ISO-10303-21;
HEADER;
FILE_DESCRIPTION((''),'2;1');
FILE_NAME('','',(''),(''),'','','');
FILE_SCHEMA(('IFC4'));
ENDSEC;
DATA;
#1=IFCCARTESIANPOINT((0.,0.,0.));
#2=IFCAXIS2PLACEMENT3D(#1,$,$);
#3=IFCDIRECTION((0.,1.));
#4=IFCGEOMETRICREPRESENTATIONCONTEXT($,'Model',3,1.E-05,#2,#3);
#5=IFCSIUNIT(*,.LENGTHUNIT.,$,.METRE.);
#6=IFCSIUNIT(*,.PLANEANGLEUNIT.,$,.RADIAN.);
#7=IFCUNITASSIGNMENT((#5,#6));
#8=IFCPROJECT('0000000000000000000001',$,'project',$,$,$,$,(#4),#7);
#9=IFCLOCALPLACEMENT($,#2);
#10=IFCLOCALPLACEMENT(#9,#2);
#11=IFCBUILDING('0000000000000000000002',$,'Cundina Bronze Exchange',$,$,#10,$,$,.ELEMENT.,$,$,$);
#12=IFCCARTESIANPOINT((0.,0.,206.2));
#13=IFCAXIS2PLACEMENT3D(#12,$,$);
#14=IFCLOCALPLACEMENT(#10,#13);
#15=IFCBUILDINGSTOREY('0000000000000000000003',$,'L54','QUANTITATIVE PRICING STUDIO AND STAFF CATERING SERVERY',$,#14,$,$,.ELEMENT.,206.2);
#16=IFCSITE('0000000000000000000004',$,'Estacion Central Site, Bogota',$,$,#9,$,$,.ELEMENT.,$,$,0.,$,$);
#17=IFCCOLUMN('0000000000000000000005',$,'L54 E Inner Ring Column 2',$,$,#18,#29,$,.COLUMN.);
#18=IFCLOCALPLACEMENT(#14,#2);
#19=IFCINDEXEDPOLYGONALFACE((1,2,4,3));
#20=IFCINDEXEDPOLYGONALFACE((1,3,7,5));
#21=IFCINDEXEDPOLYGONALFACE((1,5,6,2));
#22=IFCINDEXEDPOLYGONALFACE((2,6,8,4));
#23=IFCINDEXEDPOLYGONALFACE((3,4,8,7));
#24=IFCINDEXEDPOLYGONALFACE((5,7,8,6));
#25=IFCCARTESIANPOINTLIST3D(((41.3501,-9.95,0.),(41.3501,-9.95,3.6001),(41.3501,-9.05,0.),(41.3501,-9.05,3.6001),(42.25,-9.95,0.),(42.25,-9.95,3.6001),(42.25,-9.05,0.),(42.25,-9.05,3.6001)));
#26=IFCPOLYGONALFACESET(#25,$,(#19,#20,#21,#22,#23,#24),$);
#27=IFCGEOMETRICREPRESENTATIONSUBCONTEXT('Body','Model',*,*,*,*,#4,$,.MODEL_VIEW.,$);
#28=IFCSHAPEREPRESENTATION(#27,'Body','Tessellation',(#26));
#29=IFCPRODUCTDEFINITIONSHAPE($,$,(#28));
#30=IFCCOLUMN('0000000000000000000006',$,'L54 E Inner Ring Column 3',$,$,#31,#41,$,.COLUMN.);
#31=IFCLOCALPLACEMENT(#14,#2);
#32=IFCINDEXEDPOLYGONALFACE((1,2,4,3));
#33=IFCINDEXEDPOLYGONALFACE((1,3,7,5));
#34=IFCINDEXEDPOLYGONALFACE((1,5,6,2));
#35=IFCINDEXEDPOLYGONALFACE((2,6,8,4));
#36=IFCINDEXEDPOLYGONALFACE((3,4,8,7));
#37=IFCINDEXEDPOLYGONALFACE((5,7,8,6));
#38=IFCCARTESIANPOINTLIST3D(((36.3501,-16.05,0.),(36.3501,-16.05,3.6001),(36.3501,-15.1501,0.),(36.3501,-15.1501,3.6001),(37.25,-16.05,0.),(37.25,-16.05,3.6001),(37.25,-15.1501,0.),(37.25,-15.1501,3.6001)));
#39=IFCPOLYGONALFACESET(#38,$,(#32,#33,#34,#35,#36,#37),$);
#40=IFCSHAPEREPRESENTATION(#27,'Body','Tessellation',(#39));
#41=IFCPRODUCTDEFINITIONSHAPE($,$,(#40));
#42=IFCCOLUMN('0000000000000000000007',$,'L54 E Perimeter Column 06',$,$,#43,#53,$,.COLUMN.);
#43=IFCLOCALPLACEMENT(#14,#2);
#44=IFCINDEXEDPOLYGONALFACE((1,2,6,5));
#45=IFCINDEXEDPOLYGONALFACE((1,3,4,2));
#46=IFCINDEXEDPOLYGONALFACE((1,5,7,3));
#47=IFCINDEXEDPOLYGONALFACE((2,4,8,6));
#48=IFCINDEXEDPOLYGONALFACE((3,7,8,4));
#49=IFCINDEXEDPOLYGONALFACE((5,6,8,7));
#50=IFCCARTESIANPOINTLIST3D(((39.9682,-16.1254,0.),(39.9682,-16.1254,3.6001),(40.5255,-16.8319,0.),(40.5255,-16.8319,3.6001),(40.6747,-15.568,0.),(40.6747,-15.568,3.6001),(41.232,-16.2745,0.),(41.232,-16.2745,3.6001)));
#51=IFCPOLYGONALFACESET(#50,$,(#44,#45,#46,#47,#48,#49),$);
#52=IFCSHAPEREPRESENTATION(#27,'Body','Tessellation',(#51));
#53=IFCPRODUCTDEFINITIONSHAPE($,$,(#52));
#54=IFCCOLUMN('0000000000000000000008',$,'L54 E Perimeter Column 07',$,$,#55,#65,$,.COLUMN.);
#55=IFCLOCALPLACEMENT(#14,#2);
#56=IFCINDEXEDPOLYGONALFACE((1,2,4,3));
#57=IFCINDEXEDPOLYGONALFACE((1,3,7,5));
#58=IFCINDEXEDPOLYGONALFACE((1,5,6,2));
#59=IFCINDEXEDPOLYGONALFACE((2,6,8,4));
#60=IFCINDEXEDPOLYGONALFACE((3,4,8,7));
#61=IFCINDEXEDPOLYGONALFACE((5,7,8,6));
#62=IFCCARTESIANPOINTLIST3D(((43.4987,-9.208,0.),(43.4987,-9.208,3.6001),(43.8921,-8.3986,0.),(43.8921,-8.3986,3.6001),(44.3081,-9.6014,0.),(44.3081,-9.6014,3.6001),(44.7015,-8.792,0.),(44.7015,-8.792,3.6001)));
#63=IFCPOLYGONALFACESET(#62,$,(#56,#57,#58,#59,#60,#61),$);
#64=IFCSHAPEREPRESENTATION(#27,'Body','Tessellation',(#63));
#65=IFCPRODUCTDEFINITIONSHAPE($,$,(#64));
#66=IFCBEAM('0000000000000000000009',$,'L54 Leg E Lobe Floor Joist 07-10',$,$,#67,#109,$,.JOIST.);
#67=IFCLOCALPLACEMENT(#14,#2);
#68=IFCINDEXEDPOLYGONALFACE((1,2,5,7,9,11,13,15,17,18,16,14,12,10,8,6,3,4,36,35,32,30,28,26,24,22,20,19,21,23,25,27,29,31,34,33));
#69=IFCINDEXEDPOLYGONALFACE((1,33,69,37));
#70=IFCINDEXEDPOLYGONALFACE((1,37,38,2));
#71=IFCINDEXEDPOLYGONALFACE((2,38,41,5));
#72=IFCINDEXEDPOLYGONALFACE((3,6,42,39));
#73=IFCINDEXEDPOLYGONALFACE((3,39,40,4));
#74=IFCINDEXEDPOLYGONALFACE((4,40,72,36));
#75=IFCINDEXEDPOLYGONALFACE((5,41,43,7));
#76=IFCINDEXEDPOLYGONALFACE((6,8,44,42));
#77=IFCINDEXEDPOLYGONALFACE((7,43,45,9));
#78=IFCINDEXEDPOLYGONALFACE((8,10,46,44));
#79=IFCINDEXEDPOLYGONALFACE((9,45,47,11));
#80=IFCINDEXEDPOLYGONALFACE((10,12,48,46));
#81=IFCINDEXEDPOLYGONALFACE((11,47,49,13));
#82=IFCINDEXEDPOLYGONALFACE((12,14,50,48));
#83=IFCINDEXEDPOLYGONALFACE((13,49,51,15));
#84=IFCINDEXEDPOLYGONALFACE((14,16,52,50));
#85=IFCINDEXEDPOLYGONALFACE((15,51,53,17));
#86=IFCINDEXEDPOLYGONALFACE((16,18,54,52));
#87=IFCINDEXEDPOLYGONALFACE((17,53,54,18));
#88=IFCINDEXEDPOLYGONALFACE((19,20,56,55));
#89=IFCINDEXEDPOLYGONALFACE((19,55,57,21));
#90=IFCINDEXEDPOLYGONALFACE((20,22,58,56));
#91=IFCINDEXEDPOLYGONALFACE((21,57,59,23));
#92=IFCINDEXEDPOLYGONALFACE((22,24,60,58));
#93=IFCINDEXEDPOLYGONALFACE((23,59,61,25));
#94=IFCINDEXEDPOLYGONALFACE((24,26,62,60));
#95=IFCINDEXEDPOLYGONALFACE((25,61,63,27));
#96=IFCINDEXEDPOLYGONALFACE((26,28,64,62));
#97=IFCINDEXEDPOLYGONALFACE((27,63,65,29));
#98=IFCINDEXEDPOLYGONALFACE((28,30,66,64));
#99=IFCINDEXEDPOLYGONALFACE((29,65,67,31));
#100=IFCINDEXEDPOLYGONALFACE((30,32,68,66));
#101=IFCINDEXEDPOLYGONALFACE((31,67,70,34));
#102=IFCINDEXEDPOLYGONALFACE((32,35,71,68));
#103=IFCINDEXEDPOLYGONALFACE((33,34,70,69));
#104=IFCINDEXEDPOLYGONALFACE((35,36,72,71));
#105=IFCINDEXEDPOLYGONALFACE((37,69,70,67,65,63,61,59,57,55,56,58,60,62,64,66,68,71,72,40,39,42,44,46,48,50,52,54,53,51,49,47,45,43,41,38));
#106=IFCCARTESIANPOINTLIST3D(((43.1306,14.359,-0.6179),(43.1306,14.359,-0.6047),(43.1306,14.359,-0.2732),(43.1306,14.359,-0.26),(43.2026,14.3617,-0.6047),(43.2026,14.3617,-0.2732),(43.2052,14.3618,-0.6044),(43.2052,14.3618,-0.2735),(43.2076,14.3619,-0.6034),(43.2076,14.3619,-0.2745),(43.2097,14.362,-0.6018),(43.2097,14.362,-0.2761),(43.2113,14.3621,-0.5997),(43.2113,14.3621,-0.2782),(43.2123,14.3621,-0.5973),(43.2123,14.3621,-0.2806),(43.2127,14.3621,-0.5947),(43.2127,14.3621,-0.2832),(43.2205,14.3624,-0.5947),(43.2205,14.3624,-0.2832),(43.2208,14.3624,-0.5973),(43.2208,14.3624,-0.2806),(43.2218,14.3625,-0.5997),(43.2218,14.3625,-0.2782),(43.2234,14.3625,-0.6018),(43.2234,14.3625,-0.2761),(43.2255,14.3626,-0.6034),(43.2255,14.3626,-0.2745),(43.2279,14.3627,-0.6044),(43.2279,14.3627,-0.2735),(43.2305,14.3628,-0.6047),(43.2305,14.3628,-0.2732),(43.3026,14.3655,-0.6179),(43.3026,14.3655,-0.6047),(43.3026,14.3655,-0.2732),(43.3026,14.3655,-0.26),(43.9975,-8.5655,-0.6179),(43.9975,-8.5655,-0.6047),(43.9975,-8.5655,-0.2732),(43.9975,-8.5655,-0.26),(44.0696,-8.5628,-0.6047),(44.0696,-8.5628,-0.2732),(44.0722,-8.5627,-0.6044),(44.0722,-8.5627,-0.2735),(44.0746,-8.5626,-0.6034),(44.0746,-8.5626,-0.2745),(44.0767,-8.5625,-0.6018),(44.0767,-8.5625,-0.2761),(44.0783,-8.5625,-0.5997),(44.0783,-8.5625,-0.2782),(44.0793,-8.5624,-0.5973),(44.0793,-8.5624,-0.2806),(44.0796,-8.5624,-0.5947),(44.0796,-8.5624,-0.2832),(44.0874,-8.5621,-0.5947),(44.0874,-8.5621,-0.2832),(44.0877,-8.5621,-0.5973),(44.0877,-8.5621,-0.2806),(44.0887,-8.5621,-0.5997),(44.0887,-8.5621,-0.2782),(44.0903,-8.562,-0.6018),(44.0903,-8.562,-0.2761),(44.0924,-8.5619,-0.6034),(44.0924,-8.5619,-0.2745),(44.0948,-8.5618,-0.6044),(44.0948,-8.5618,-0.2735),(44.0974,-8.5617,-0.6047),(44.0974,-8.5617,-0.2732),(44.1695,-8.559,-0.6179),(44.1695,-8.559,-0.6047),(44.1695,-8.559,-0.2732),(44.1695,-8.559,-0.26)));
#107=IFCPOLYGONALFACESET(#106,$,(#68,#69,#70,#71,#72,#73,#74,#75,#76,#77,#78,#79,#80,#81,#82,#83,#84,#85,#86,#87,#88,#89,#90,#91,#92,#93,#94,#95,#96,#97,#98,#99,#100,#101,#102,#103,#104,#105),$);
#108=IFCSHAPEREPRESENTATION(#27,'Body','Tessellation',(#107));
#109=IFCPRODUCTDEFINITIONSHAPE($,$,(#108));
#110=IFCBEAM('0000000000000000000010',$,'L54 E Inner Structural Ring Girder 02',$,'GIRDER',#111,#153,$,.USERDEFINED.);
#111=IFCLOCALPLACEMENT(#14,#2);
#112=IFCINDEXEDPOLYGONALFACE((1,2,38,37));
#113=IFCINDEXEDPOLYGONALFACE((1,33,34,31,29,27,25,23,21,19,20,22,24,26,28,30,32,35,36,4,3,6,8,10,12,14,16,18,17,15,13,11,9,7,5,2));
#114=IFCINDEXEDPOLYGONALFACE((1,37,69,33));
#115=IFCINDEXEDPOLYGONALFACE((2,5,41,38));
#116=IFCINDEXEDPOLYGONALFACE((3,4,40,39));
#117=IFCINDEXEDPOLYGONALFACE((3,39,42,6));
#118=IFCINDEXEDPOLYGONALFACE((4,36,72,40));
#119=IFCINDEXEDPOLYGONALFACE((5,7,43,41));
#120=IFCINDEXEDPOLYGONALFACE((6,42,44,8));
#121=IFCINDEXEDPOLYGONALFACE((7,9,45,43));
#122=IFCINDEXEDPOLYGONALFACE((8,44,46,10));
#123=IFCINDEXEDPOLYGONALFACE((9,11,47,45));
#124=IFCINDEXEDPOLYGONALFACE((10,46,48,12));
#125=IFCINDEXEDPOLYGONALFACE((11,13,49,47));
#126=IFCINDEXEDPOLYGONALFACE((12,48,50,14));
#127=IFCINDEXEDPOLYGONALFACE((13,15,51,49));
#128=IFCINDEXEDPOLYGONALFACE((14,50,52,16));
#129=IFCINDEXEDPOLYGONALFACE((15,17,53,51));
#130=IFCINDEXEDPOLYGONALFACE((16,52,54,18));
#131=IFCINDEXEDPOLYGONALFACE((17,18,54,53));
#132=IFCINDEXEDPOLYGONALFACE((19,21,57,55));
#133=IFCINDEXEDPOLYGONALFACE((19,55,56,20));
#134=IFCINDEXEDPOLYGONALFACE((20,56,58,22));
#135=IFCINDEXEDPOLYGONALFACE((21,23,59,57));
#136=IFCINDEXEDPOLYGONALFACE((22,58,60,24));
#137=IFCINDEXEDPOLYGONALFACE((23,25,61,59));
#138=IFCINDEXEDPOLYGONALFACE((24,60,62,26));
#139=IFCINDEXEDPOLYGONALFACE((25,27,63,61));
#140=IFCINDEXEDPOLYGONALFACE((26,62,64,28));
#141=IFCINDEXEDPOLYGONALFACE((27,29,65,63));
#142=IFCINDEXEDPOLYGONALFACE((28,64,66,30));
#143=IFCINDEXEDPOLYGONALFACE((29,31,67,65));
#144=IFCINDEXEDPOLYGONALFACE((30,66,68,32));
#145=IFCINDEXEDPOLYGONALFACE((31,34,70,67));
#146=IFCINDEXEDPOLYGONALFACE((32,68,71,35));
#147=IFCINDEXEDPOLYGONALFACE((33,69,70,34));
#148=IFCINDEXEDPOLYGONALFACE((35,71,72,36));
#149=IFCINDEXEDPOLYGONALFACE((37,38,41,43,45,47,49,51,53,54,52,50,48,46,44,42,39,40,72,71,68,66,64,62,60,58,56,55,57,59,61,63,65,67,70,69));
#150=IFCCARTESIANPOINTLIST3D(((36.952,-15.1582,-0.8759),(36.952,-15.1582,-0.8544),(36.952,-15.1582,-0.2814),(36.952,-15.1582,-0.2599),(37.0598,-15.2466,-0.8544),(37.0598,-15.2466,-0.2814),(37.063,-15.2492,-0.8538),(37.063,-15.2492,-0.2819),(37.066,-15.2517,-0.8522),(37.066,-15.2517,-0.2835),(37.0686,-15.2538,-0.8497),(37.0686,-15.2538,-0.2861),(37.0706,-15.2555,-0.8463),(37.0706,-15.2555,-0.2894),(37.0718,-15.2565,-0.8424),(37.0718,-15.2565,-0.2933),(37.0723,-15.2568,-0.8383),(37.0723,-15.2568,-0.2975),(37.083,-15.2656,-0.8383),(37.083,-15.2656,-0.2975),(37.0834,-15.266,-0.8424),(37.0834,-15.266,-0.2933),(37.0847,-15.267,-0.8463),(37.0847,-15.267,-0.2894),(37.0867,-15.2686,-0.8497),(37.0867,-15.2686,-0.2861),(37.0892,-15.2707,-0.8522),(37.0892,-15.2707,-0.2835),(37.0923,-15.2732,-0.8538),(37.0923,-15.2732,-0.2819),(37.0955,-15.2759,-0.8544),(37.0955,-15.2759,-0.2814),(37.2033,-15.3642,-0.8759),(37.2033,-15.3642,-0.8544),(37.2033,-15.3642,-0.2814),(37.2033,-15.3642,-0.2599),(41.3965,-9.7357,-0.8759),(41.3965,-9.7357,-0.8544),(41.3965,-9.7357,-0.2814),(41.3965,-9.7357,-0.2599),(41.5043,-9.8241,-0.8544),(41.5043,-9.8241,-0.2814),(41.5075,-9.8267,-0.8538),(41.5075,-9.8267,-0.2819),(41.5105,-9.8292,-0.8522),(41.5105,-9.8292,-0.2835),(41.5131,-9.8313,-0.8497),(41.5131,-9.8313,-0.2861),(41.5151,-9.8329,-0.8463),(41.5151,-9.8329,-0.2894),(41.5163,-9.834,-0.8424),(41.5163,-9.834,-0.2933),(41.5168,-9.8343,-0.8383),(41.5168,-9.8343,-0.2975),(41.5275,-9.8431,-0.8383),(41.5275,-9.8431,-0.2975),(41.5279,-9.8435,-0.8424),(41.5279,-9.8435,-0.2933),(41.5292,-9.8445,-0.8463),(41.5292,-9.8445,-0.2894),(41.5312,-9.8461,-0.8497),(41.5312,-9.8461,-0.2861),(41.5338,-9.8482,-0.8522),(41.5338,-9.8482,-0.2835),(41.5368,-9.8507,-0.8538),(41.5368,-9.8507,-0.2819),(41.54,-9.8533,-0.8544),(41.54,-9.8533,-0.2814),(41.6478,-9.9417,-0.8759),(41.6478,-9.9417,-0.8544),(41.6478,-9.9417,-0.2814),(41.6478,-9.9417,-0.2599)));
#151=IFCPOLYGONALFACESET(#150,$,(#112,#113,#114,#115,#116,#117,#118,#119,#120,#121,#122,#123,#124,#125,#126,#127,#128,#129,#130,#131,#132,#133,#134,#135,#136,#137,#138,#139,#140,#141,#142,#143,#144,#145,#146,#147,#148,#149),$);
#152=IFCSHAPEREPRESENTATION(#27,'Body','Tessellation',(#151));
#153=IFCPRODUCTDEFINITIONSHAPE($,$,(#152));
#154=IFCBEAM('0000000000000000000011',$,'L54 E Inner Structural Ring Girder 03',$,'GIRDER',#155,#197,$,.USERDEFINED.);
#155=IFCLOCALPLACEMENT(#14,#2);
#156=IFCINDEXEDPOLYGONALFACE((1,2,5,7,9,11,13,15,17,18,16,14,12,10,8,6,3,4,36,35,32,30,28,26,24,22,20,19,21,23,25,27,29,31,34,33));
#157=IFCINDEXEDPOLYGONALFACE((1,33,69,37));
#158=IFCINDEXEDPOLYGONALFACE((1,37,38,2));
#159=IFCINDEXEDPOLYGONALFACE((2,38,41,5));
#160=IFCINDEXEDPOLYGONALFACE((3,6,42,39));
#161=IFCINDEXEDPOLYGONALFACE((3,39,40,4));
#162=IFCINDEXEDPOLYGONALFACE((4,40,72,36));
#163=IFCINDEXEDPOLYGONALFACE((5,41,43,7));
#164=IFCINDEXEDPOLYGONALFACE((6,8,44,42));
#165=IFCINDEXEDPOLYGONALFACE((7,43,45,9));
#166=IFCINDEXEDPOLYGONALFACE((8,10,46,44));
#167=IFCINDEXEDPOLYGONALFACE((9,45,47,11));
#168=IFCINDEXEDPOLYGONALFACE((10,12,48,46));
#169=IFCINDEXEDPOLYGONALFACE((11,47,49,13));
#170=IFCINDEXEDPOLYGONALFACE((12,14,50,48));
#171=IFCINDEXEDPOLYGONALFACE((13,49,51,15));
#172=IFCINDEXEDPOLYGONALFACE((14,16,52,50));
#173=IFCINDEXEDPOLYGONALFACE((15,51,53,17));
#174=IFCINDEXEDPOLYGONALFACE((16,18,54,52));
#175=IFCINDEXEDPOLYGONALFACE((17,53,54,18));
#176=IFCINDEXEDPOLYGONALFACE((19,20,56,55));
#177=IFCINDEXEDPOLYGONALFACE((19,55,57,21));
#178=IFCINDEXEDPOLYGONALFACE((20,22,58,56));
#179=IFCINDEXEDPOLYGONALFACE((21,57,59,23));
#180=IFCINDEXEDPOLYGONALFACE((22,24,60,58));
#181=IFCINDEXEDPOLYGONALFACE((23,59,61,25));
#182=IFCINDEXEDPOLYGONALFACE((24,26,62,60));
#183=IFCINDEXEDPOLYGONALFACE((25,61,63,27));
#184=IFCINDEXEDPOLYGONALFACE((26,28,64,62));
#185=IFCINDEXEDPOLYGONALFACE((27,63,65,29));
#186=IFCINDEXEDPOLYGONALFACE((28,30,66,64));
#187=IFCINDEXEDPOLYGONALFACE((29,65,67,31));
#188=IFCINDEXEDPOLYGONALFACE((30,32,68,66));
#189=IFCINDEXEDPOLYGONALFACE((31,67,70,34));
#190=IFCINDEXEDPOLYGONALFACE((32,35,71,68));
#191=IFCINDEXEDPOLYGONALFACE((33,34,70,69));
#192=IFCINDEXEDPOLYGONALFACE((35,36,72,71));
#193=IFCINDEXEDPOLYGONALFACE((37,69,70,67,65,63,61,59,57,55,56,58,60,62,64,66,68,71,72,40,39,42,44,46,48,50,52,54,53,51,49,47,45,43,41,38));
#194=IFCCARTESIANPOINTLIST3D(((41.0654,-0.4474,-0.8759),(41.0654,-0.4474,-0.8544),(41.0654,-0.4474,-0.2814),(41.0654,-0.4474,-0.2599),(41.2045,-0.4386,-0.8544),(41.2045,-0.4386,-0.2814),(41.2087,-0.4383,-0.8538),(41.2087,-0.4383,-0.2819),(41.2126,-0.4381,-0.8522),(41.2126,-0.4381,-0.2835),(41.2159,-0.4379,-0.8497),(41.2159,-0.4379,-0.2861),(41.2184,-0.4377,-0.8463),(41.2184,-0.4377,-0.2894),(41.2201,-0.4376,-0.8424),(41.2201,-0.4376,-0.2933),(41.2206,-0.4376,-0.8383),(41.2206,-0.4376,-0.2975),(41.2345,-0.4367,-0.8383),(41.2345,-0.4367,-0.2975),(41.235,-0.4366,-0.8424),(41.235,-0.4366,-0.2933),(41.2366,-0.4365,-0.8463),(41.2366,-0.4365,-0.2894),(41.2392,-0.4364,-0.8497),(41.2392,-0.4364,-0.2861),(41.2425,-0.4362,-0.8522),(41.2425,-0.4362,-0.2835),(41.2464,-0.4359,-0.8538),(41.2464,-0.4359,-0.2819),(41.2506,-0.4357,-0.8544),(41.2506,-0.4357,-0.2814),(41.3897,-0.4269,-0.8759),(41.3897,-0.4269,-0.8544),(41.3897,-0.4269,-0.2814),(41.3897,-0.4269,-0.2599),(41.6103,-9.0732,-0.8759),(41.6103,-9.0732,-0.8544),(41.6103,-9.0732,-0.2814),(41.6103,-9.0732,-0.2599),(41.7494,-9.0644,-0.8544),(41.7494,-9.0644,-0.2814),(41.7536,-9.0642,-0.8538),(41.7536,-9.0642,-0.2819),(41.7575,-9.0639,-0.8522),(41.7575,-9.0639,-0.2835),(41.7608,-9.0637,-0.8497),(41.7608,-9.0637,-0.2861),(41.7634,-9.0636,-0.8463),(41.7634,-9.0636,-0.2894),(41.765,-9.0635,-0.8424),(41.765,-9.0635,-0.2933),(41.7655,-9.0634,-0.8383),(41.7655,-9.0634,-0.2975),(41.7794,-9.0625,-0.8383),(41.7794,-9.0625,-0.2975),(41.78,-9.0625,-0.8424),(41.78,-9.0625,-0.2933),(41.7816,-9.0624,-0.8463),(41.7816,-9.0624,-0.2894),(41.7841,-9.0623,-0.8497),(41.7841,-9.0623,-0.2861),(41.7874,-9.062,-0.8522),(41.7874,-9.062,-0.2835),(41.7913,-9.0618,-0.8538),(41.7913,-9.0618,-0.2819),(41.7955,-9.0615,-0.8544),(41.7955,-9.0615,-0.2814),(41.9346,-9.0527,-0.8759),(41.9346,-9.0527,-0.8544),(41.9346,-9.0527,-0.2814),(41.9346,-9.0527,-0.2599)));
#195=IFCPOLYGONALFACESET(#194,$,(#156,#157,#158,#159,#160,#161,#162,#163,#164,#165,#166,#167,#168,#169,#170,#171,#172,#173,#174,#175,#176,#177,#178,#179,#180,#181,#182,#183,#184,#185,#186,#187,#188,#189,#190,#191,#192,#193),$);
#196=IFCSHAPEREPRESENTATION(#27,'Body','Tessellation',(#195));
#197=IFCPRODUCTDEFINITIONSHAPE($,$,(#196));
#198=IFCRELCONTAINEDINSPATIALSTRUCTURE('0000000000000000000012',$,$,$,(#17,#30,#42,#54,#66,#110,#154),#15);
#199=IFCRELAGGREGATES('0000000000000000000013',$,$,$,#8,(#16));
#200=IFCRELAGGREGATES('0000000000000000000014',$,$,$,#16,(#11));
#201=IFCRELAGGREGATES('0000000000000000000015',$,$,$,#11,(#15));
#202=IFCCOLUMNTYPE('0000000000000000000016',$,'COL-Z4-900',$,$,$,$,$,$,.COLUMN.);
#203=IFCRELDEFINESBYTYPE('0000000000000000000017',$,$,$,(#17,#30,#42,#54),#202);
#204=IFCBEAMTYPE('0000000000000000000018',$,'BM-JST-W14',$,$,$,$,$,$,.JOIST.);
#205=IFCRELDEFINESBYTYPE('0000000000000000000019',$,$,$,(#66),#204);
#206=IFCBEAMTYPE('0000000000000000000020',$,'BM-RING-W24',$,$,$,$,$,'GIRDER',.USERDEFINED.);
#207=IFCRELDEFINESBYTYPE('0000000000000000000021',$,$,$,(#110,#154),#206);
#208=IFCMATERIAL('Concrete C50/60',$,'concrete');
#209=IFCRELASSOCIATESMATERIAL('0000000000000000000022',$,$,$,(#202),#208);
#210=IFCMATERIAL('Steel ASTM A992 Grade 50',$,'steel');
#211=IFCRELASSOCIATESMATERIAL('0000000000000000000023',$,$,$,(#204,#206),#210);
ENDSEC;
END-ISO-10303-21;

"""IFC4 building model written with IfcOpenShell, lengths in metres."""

from ifc_helpers import new_model, si_unit, direction, frame, origin, origin_2d, place, context, subcontext, project, spatial, rectangle, i_section, extrude, material, material_profile, profile_set, type_object, element, save


model = new_model("IFC4")

# Units and contexts
model_context = context("Model", 3, precision=1e-05, world=origin(), true_north=direction((0.0, 1.0)))
body_context = subcontext(model_context, "Body", "Model", "MODEL_VIEW")
ifc_project = project(units=[si_unit("LENGTHUNIT", "METRE"), si_unit("PLANEANGLEUNIT", "RADIAN")], contexts=[model_context])

# Site, building, storey
site_placement = place(None, origin())
site = spatial("IfcSite", under=ifc_project, at=site_placement, Name="Estacion Central Site, Bogota", CompositionType="ELEMENT", RefElevation=0.0)
building_placement = place(site_placement, origin())
building = spatial("IfcBuilding", under=site, at=building_placement, Name="Cundina Bronze Exchange", CompositionType="ELEMENT")
storey_placement = place(building_placement, frame((0.0, 0.0, 206.2)))
storey = spatial("IfcBuildingStorey", under=building, at=storey_placement, Name="L54", Description="QUANTITATIVE PRICING STUDIO AND STAFF CATERING SERVERY", CompositionType="ELEMENT", Elevation=206.2)

# Columns
ifc_material_1 = material(Name="Concrete C50/60", Category="concrete")
ifc_material_profile_1 = material_profile(ifc_material_1, rectangle(XDim=0.8999, YDim=0.8999, at=origin_2d()), Name="RC900X900", Category="concrete")
ifc_profile_set_1 = profile_set([ifc_material_profile_1], Name="Concrete C50/60")
column_type = type_object("IfcColumnType", Name="COL-Z4-900", PredefinedType="COLUMN", material=ifc_profile_set_1)
for number, where, z_axis, x_axis, name in (
    (1, (41.8, -9.5, 0.0), (0.0, 0.0, 1.0), (1.0, 0.0, 0.0), "L54 E Inner Ring Column 2"),
    (2, (36.8, -15.6001, 0.0), (0.0, 0.0, 1.0), (1.0, 0.0, 0.0), "L54 E Inner Ring Column 3"),
    (3, (40.6001, -16.2, 0.0), (0.0, 0.0, 1.0), (0.785101, 0.619368, 0.0), "L54 E Perimeter Column 06"),
    (4, (44.1001, -9.0, 0.0), (0.0, 0.0, 1.0), (0.437116, 0.899405, 0.0), "L54 E Perimeter Column 07"),
):
    element("IfcColumn", number, at=place(storey_placement, frame(where, z_axis=z_axis, x_axis=x_axis)), inside=storey, type_object=column_type, Name=name, PredefinedType="COLUMN", context=body_context, shape_type="SweptSolid", body=[
        extrude(rectangle(XDim=0.8999, YDim=0.8999, at=origin_2d()), origin(), (0.0, 0.0, 1.0), 3.6001),
    ])

# Beams
ifc_material_2 = material(Name="Steel ASTM A992 Grade 50", Category="steel")
ifc_material_profile_2 = material_profile(ifc_material_2, i_section(OverallWidth=0.1721, OverallDepth=0.3579, WebThickness=0.0078, FlangeThickness=0.0132, FilletRadius=0.01, at=origin_2d()), Name="W14X38", Category="steel")
ifc_profile_set_2 = profile_set([ifc_material_profile_2], Name="Steel ASTM A992 Grade 50")
beam_type_1 = type_object("IfcBeamType", Name="BM-JST-W14", PredefinedType="JOIST", material=ifc_profile_set_2)
beam_1_placement = place(storey_placement, frame((44.0835, -8.5623, -0.439), z_axis=(-0.03779, 0.999286, 0.0), x_axis=(-0.999286, -0.03779, 0.0)))
element("IfcBeam", 5, at=beam_1_placement, inside=storey, type_object=beam_type_1, Name="L54 Leg E Lobe Floor Joist 07-10", PredefinedType="JOIST", context=body_context, shape_type="SweptSolid", body=[
    extrude(i_section(OverallWidth=0.1721, OverallDepth=0.3579, WebThickness=0.0078, FlangeThickness=0.0132, FilletRadius=0.01, at=origin_2d()), origin(), (0.0, 0.0, 1.0), 22.9409),
])
ifc_material_profile_3 = material_profile(ifc_material_2, i_section(OverallWidth=0.325, OverallDepth=0.616, WebThickness=0.0139, FlangeThickness=0.0215, FilletRadius=0.0161, at=origin_2d()), Name="W24X117", Category="steel")
ifc_profile_set_3 = profile_set([ifc_material_profile_3], Name="Steel ASTM A992 Grade 50")
beam_type_2 = type_object("IfcBeamType", Name="BM-RING-W24", ElementType="GIRDER", PredefinedType="USERDEFINED", material=ifc_profile_set_3)
beam_2_placement = place(storey_placement, frame((37.0776, -15.2612, -0.5679), z_axis=(0.633913, 0.773405, 0.0), x_axis=(-0.773405, 0.633913, 0.0)))
element("IfcBeam", 6, at=beam_2_placement, inside=storey, type_object=beam_type_2, Name="L54 E Inner Structural Ring Girder 02", ObjectType="GIRDER", PredefinedType="USERDEFINED", context=body_context, shape_type="SweptSolid", body=[
    extrude(i_section(OverallWidth=0.325, OverallDepth=0.616, WebThickness=0.0139, FlangeThickness=0.0215, FilletRadius=0.0161, at=origin_2d()), origin(), (0.0, 0.0, 1.0), 7.0112),
])
beam_3_placement = place(storey_placement, frame((41.7725, -9.063, -0.5679), z_axis=(-0.063047, 0.998011, 0.0), x_axis=(-0.998011, -0.063047, 0.0)))
element("IfcBeam", 7, at=beam_3_placement, inside=storey, type_object=beam_type_2, Name="L54 E Inner Structural Ring Girder 03", ObjectType="GIRDER", PredefinedType="USERDEFINED", context=body_context, shape_type="SweptSolid", body=[
    extrude(i_section(OverallWidth=0.325, OverallDepth=0.616, WebThickness=0.0139, FlangeThickness=0.0215, FilletRadius=0.0161, at=origin_2d()), origin(), (0.0, 0.0, 1.0), 8.6431),
])

save(model, "model.ifc")
